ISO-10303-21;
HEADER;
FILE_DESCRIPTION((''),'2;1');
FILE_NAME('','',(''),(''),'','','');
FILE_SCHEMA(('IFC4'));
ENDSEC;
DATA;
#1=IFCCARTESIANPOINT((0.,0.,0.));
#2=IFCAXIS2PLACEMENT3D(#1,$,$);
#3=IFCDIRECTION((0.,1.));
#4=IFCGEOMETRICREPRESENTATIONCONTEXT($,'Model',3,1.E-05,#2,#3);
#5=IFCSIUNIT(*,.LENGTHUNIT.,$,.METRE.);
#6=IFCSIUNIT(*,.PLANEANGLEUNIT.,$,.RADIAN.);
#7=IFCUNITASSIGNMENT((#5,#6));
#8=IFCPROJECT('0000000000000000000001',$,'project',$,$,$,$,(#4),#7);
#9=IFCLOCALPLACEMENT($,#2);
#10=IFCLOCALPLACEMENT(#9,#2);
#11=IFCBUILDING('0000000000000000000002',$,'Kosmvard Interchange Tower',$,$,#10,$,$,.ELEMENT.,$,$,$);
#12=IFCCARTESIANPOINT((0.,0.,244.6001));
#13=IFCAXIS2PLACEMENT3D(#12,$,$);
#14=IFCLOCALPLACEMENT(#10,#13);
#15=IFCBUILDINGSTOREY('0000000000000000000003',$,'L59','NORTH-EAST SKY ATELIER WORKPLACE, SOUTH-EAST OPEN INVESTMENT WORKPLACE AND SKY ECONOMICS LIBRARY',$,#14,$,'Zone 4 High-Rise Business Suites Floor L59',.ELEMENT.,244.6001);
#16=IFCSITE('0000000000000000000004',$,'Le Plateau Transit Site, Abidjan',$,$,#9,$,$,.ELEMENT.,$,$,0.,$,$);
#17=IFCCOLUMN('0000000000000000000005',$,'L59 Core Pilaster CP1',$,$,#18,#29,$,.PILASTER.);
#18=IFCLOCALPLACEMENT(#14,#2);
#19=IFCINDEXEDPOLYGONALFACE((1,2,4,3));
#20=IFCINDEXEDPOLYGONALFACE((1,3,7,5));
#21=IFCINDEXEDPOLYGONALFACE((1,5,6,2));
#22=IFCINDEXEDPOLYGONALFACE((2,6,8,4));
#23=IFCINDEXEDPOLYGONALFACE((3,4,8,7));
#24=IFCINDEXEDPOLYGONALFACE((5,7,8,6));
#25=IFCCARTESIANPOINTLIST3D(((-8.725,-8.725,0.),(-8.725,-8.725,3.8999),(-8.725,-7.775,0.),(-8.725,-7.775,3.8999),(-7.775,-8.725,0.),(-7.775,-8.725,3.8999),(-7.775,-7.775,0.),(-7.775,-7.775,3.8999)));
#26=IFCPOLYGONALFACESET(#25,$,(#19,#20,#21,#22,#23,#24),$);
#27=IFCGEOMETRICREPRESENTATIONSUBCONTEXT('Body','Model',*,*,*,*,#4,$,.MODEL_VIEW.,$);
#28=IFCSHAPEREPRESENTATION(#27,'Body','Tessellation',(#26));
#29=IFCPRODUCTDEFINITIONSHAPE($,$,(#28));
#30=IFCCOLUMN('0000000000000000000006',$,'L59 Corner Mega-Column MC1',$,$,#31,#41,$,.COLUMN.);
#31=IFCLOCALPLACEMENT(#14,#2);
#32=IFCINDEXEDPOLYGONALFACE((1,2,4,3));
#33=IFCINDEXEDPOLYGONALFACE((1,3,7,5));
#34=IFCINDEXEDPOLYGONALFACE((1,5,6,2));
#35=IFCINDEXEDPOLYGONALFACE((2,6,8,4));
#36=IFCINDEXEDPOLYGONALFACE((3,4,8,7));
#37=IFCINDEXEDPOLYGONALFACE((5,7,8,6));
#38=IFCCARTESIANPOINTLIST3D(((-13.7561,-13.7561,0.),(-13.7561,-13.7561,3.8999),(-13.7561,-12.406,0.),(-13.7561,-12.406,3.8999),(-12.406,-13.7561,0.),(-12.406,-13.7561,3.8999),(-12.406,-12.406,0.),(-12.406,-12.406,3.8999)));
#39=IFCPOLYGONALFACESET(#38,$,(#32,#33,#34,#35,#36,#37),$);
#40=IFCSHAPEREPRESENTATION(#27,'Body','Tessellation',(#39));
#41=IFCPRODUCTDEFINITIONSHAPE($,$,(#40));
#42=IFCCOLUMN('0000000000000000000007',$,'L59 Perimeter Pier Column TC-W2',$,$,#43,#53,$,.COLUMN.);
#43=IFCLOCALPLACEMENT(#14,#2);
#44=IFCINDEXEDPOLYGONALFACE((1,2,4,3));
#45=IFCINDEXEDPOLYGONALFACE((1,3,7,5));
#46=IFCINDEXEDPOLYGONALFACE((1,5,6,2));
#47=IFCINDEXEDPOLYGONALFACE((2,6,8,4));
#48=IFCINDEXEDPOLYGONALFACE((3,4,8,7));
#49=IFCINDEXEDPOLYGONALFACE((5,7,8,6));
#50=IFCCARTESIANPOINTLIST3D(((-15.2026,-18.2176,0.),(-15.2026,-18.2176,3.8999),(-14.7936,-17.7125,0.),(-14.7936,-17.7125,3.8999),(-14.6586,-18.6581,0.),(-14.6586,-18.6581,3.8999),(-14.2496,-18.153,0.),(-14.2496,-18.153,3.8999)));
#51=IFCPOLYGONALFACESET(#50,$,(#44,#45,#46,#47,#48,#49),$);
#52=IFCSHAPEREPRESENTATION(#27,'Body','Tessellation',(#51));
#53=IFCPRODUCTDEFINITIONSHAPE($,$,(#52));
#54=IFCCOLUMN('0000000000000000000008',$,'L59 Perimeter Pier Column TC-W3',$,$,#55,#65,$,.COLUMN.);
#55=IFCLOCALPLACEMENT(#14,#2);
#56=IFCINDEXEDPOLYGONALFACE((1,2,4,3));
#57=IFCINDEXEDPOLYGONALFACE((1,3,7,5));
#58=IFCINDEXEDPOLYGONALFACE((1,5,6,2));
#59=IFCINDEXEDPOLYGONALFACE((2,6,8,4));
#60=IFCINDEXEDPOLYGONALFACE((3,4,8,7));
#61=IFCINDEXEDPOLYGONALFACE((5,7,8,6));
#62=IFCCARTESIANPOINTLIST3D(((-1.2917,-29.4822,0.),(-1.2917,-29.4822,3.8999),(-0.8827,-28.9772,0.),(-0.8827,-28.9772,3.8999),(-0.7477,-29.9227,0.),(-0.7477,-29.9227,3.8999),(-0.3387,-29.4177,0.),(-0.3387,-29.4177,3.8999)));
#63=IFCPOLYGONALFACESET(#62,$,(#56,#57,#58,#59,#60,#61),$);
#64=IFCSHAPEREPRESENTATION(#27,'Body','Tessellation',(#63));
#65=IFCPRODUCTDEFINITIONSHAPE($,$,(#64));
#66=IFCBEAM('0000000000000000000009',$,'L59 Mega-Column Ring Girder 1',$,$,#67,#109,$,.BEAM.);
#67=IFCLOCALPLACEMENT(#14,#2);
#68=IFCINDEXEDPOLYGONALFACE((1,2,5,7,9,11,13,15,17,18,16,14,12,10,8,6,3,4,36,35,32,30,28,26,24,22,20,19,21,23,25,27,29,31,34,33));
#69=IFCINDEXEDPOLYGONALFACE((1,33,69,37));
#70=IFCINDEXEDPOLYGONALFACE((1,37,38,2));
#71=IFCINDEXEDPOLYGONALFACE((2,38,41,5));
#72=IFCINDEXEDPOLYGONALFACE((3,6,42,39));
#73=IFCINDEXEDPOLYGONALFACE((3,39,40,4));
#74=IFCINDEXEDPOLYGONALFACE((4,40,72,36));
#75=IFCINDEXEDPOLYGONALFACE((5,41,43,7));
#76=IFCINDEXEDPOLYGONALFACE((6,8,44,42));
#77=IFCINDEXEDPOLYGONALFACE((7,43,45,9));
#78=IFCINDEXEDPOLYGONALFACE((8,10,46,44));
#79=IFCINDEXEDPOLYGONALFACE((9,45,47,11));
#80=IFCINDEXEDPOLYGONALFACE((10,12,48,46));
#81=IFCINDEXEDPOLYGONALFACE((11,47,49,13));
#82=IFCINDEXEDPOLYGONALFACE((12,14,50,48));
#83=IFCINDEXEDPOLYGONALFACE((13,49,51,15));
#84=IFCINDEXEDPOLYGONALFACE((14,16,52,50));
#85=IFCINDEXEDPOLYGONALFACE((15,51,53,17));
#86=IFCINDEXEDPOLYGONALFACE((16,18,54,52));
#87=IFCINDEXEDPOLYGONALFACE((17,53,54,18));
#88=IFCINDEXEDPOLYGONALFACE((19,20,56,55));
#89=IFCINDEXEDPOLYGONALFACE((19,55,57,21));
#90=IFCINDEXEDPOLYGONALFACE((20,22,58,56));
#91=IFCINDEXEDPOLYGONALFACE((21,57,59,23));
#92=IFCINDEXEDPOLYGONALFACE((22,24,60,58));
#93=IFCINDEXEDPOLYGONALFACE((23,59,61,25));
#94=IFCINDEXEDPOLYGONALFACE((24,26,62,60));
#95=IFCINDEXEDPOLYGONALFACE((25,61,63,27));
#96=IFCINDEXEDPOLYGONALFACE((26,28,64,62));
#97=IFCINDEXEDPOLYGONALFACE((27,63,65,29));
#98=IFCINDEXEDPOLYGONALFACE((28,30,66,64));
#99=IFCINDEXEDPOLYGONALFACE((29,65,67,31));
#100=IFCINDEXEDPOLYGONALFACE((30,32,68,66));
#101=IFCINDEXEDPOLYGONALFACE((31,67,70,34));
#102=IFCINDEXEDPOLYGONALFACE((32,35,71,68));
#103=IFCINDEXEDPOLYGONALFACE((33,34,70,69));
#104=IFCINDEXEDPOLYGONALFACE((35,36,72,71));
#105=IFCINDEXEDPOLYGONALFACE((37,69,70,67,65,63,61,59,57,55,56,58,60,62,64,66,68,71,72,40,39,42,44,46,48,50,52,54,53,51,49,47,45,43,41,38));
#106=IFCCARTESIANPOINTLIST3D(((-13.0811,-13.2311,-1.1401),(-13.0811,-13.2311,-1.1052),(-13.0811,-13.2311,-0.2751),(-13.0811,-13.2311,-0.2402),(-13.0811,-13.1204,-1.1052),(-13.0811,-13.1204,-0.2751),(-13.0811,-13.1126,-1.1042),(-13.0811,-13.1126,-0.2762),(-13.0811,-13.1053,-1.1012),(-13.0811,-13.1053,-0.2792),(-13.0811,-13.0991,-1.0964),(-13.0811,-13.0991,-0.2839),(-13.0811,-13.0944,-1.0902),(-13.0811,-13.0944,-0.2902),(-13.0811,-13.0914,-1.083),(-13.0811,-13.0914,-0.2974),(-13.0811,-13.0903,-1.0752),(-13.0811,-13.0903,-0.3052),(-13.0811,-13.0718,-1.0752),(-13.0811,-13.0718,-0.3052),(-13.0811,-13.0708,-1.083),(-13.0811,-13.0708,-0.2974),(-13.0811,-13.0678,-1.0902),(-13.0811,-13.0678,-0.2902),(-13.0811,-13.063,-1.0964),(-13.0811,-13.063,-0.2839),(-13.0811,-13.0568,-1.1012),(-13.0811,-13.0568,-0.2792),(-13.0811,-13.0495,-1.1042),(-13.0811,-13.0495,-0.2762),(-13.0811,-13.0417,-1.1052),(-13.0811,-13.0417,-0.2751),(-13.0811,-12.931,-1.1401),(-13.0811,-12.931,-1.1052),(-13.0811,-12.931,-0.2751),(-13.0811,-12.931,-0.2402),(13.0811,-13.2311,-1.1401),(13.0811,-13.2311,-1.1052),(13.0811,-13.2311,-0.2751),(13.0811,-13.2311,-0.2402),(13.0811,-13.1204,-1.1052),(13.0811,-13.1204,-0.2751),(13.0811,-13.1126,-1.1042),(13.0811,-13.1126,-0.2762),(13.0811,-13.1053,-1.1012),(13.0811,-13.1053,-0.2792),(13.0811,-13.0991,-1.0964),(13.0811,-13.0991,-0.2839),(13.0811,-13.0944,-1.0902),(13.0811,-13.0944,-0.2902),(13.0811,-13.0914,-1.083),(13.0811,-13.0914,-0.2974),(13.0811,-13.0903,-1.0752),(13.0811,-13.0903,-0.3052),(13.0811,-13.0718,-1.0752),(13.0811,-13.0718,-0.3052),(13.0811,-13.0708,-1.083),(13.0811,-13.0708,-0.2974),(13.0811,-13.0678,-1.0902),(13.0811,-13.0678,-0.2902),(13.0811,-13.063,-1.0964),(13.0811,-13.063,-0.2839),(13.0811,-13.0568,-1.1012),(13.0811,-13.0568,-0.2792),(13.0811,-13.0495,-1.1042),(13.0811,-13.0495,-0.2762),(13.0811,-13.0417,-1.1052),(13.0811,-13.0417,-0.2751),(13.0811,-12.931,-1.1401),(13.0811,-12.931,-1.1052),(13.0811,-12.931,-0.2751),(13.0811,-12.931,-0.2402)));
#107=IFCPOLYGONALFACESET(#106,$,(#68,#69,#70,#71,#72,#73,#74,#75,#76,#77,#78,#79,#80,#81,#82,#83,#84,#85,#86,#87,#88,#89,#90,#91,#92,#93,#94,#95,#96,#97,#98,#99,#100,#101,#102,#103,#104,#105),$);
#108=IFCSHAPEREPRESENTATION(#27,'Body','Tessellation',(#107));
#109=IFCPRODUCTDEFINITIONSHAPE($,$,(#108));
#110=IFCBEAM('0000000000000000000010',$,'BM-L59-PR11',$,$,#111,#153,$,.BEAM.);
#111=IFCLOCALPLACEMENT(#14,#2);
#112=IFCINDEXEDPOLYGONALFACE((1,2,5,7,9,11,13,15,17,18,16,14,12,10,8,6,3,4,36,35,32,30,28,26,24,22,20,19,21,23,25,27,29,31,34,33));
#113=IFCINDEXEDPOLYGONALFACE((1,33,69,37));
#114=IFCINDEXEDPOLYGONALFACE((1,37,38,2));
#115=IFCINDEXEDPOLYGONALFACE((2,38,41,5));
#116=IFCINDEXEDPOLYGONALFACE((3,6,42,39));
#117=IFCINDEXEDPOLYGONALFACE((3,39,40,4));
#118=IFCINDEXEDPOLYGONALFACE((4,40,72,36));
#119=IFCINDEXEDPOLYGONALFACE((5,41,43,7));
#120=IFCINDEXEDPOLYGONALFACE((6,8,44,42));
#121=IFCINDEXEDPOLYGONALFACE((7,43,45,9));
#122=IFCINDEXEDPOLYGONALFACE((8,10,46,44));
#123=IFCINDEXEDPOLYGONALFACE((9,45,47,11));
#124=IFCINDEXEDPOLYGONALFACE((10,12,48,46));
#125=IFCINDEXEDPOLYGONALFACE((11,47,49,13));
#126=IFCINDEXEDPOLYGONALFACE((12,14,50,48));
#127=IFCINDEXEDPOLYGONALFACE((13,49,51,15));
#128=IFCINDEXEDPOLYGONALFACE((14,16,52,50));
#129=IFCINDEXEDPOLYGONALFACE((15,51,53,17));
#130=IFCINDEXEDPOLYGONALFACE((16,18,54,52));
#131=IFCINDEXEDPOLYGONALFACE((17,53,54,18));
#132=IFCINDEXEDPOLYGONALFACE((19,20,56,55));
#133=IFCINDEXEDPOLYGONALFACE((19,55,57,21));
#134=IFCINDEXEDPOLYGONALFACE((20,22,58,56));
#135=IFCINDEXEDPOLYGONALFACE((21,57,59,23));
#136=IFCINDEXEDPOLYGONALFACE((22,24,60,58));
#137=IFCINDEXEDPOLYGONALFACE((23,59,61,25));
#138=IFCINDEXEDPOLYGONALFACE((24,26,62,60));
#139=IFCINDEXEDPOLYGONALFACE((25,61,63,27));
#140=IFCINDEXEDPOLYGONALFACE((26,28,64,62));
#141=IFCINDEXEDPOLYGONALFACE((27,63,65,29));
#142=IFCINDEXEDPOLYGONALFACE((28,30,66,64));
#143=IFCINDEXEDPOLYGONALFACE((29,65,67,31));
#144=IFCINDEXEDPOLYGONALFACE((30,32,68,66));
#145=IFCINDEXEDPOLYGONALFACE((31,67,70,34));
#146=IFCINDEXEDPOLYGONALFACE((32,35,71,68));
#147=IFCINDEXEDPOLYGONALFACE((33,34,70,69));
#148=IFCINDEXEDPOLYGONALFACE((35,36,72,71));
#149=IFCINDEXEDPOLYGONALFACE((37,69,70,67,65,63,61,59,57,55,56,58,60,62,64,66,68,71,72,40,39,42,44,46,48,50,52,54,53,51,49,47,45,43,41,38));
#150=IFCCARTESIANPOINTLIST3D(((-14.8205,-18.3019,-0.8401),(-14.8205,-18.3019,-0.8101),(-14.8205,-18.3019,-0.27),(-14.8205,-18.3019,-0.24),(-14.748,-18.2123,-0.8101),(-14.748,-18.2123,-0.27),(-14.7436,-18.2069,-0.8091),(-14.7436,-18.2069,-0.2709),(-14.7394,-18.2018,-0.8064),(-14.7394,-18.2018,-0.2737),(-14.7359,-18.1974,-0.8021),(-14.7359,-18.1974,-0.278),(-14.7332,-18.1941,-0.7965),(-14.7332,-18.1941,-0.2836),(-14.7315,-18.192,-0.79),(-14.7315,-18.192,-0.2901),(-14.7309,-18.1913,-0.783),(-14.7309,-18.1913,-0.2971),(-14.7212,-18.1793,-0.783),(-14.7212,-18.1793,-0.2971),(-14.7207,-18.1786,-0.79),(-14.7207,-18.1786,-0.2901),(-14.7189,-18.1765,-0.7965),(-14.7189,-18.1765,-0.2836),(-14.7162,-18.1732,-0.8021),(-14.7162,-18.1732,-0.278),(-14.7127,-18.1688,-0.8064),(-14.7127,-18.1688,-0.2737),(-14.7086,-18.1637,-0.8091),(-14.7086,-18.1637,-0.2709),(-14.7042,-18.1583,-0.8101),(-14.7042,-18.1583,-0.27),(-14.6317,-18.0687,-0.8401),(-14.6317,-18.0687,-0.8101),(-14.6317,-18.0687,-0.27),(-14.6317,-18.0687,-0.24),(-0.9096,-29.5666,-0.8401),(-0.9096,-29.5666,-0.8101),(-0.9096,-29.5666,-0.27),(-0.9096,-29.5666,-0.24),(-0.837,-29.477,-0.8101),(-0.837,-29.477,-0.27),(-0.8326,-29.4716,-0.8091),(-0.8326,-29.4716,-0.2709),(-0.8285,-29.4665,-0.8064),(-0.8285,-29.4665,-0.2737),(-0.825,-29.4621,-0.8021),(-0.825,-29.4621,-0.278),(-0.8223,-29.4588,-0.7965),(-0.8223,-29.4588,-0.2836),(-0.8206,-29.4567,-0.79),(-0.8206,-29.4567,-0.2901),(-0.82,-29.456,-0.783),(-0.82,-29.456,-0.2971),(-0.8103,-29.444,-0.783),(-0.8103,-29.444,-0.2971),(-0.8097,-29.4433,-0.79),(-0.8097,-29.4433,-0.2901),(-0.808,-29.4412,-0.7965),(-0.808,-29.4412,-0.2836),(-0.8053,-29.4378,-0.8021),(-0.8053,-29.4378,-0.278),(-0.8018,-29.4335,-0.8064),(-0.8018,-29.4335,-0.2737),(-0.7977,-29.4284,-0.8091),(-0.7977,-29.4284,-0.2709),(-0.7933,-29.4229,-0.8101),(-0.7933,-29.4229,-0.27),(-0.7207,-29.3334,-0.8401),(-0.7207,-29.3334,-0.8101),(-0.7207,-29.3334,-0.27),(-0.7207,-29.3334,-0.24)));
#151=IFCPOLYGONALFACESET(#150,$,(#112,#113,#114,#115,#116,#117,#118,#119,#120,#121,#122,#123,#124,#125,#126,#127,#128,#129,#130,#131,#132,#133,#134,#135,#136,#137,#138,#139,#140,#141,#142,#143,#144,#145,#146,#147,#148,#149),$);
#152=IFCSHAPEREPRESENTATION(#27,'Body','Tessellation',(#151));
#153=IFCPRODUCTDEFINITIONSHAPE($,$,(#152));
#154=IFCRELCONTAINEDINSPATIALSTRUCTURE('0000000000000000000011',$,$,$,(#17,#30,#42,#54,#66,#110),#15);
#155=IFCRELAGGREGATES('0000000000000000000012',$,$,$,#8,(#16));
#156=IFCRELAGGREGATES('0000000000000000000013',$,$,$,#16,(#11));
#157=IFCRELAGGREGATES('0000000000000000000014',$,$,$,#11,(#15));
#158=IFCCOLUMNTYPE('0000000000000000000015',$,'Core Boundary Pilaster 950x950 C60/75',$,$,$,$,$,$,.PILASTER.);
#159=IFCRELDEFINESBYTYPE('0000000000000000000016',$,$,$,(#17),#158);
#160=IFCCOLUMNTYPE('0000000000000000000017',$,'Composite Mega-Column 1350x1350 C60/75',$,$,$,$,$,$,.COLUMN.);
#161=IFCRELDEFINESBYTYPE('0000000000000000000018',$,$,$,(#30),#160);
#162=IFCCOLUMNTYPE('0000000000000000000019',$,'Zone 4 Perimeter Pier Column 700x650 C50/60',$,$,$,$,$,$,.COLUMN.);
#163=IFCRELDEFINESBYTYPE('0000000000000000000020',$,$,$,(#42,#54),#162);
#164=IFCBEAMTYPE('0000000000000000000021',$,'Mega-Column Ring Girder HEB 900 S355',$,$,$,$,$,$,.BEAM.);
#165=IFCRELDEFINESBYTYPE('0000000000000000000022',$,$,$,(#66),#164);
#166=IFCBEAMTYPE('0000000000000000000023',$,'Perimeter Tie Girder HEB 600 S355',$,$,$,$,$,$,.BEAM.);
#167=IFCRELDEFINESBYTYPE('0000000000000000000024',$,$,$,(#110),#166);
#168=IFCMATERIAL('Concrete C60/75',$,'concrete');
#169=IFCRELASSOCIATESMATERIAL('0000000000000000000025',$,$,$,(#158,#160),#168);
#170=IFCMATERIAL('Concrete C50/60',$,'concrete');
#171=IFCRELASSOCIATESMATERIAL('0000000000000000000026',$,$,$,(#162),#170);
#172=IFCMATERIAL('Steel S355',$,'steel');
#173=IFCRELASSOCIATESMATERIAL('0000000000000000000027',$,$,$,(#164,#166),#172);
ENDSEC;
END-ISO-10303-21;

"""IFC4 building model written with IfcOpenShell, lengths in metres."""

from ifc_helpers import new_model, si_unit, direction, frame, origin, origin_2d, place, context, subcontext, project, spatial, rectangle, i_section, extrude, source, transform, mapped, material, material_profile, profile_set, type_object, element, save


model = new_model("IFC4")

# Units and contexts
model_context = context("Model", 3, precision=1e-05, world=origin(), true_north=direction((0.0, 1.0)))
body_context = subcontext(model_context, "Body", "Model", "MODEL_VIEW")
ifc_project = project(units=[si_unit("LENGTHUNIT", "METRE"), si_unit("PLANEANGLEUNIT", "RADIAN")], contexts=[model_context])

# Site, building, storey
site_placement = place(None, origin())
site = spatial("IfcSite", under=ifc_project, at=site_placement, Name="Le Plateau Transit Site, Abidjan", CompositionType="ELEMENT", RefElevation=0.0)
building_placement = place(site_placement, origin())
building = spatial("IfcBuilding", under=site, at=building_placement, Name="Kosmvard Interchange Tower", CompositionType="ELEMENT")
storey_placement = place(building_placement, frame((0.0, 0.0, 244.6001)))
storey = spatial("IfcBuildingStorey", under=building, at=storey_placement, Name="L59", Description="NORTH-EAST SKY ATELIER WORKPLACE, SOUTH-EAST OPEN INVESTMENT WORKPLACE AND SKY ECONOMICS LIBRARY", LongName="Zone 4 High-Rise Business Suites Floor L59", CompositionType="ELEMENT", Elevation=244.6001)

# Columns
ifc_material_1 = material(Name="Concrete C60/75", Category="concrete")
ifc_material_profile_1 = material_profile(ifc_material_1, rectangle(XDim=0.95, YDim=0.95, at=origin_2d()), Name="CP 950x950")
ifc_profile_set_1 = profile_set([ifc_material_profile_1], Name="Concrete C60/75")
column_type_1 = type_object("IfcColumnType", Name="Core Boundary Pilaster 950x950 C60/75", PredefinedType="PILASTER", material=ifc_profile_set_1)
shared_shape_1 = source(origin(), body_context, "Body", "SweptSolid", [
    extrude(rectangle(XDim=0.95, YDim=0.95, at=origin_2d()), origin(), (0.0, 0.0, 1.0), 3.8999),
])
column_1_placement = place(storey_placement, frame((-8.25, -8.25, 0.0), z_axis=(0.0, 0.0, 1.0), x_axis=(1.0, 0.0, 0.0)))
element("IfcColumn", 1, at=column_1_placement, inside=storey, type_object=column_type_1, Name="L59 Core Pilaster CP1", PredefinedType="PILASTER", context=body_context, shape_type="MappedRepresentation", body=[
    mapped(shared_shape_1, transform((0.0, 0.0, 0.0), scale=1.0)),
])
ifc_material_profile_2 = material_profile(ifc_material_1, rectangle(XDim=1.3501, YDim=1.3501, at=origin_2d()), Name="MC 1350x1350")
ifc_profile_set_2 = profile_set([ifc_material_profile_2], Name="Concrete C60/75")
column_type_2 = type_object("IfcColumnType", Name="Composite Mega-Column 1350x1350 C60/75", PredefinedType="COLUMN", material=ifc_profile_set_2)
shared_shape_2 = source(origin(), body_context, "Body", "SweptSolid", [
    extrude(rectangle(XDim=1.3501, YDim=1.3501, at=origin_2d()), origin(), (0.0, 0.0, 1.0), 3.8999),
])
column_2_placement = place(storey_placement, frame((-13.0811, -13.0811, 0.0), z_axis=(0.0, 0.0, 1.0), x_axis=(1.0, 0.0, 0.0)))
element("IfcColumn", 2, at=column_2_placement, inside=storey, type_object=column_type_2, Name="L59 Corner Mega-Column MC1", PredefinedType="COLUMN", context=body_context, shape_type="MappedRepresentation", body=[
    mapped(shared_shape_2, transform((0.0, 0.0, 0.0), scale=1.0)),
])
ifc_material_2 = material(Name="Concrete C50/60", Category="concrete")
ifc_material_profile_3 = material_profile(ifc_material_2, rectangle(XDim=0.6499, YDim=0.7, at=origin_2d()), Name="TC 700x650")
ifc_profile_set_3 = profile_set([ifc_material_profile_3], Name="Concrete C50/60")
column_type_3 = type_object("IfcColumnType", Name="Zone 4 Perimeter Pier Column 700x650 C50/60", PredefinedType="COLUMN", material=ifc_profile_set_3)
shared_shape_3 = source(origin(), body_context, "Body", "SweptSolid", [
    extrude(rectangle(XDim=0.6499, YDim=0.7, at=origin_2d()), origin(), (0.0, 0.0, 1.0), 3.8999),
])
for number, where, z_axis, x_axis, name in (
    (3, (-14.7261, -18.1853, 0.0), (0.0, 0.0, 1.0), (0.62932, 0.777146, 0.0), "L59 Perimeter Pier Column TC-W2"),
    (4, (-0.8152, -29.45, 0.0), (0.0, 0.0, 1.0), (0.62932, 0.777146, 0.0), "L59 Perimeter Pier Column TC-W3"),
):
    element("IfcColumn", number, at=place(storey_placement, frame(where, z_axis=z_axis, x_axis=x_axis)), inside=storey, type_object=column_type_3, Name=name, PredefinedType="COLUMN", context=body_context, shape_type="MappedRepresentation", body=[
        mapped(shared_shape_3, transform((0.0, 0.0, 0.0), scale=1.0)),
    ])

# Beams
ifc_material_3 = material(Name="Steel S355", Category="steel")
ifc_material_profile_4 = material_profile(ifc_material_3, i_section(OverallWidth=0.3, OverallDepth=0.8999, WebThickness=0.0186, FlangeThickness=0.0349, FilletRadius=0.03, at=origin_2d()), Name="HEB 900")
ifc_profile_set_4 = profile_set([ifc_material_profile_4], Name="Steel S355")
beam_type_1 = type_object("IfcBeamType", Name="Mega-Column Ring Girder HEB 900 S355", PredefinedType="BEAM", material=ifc_profile_set_4)
shared_shape_4 = source(origin(), body_context, "Body", "SweptSolid", [
    extrude(i_section(OverallWidth=0.3, OverallDepth=0.8999, WebThickness=0.0186, FlangeThickness=0.0349, FilletRadius=0.03, at=origin_2d()), origin(), (0.0, 0.0, 1.0), 26.1621),
])
beam_1_placement = place(storey_placement, frame((-13.0811, -13.0811, -0.6902), z_axis=(1.0, 0.0, 0.0), x_axis=(0.0, 1.0, 0.0)))
element("IfcBeam", 5, at=beam_1_placement, inside=storey, type_object=beam_type_1, Name="L59 Mega-Column Ring Girder 1", PredefinedType="BEAM", context=body_context, shape_type="MappedRepresentation", body=[
    mapped(shared_shape_4, transform((0.0, 0.0, 0.0), scale=1.0)),
])
ifc_material_profile_5 = material_profile(ifc_material_3, i_section(OverallWidth=0.3, OverallDepth=0.6001, WebThickness=0.0154, FlangeThickness=0.03, FilletRadius=0.0271, at=origin_2d()), Name="HEB 600")
ifc_profile_set_5 = profile_set([ifc_material_profile_5], Name="Steel S355")
beam_type_2 = type_object("IfcBeamType", Name="Perimeter Tie Girder HEB 600 S355", PredefinedType="BEAM", material=ifc_profile_set_5)
shared_shape_5 = source(origin(), body_context, "Body", "SweptSolid", [
    extrude(i_section(OverallWidth=0.3, OverallDepth=0.6001, WebThickness=0.0154, FlangeThickness=0.03, FilletRadius=0.0271, at=origin_2d()), origin(), (0.0, 0.0, 1.0), 17.8999),
])
beam_2_placement = place(storey_placement, frame((-14.7261, -18.1853, -0.54), z_axis=(0.777151, -0.629315, 0.0), x_axis=(0.629315, 0.777151, 0.0)))
element("IfcBeam", 6, at=beam_2_placement, inside=storey, type_object=beam_type_2, Name="BM-L59-PR11", PredefinedType="BEAM", context=body_context, shape_type="MappedRepresentation", body=[
    mapped(shared_shape_5, transform((0.0, 0.0, 0.0), scale=1.0)),
])

save(model, "model.ifc")
